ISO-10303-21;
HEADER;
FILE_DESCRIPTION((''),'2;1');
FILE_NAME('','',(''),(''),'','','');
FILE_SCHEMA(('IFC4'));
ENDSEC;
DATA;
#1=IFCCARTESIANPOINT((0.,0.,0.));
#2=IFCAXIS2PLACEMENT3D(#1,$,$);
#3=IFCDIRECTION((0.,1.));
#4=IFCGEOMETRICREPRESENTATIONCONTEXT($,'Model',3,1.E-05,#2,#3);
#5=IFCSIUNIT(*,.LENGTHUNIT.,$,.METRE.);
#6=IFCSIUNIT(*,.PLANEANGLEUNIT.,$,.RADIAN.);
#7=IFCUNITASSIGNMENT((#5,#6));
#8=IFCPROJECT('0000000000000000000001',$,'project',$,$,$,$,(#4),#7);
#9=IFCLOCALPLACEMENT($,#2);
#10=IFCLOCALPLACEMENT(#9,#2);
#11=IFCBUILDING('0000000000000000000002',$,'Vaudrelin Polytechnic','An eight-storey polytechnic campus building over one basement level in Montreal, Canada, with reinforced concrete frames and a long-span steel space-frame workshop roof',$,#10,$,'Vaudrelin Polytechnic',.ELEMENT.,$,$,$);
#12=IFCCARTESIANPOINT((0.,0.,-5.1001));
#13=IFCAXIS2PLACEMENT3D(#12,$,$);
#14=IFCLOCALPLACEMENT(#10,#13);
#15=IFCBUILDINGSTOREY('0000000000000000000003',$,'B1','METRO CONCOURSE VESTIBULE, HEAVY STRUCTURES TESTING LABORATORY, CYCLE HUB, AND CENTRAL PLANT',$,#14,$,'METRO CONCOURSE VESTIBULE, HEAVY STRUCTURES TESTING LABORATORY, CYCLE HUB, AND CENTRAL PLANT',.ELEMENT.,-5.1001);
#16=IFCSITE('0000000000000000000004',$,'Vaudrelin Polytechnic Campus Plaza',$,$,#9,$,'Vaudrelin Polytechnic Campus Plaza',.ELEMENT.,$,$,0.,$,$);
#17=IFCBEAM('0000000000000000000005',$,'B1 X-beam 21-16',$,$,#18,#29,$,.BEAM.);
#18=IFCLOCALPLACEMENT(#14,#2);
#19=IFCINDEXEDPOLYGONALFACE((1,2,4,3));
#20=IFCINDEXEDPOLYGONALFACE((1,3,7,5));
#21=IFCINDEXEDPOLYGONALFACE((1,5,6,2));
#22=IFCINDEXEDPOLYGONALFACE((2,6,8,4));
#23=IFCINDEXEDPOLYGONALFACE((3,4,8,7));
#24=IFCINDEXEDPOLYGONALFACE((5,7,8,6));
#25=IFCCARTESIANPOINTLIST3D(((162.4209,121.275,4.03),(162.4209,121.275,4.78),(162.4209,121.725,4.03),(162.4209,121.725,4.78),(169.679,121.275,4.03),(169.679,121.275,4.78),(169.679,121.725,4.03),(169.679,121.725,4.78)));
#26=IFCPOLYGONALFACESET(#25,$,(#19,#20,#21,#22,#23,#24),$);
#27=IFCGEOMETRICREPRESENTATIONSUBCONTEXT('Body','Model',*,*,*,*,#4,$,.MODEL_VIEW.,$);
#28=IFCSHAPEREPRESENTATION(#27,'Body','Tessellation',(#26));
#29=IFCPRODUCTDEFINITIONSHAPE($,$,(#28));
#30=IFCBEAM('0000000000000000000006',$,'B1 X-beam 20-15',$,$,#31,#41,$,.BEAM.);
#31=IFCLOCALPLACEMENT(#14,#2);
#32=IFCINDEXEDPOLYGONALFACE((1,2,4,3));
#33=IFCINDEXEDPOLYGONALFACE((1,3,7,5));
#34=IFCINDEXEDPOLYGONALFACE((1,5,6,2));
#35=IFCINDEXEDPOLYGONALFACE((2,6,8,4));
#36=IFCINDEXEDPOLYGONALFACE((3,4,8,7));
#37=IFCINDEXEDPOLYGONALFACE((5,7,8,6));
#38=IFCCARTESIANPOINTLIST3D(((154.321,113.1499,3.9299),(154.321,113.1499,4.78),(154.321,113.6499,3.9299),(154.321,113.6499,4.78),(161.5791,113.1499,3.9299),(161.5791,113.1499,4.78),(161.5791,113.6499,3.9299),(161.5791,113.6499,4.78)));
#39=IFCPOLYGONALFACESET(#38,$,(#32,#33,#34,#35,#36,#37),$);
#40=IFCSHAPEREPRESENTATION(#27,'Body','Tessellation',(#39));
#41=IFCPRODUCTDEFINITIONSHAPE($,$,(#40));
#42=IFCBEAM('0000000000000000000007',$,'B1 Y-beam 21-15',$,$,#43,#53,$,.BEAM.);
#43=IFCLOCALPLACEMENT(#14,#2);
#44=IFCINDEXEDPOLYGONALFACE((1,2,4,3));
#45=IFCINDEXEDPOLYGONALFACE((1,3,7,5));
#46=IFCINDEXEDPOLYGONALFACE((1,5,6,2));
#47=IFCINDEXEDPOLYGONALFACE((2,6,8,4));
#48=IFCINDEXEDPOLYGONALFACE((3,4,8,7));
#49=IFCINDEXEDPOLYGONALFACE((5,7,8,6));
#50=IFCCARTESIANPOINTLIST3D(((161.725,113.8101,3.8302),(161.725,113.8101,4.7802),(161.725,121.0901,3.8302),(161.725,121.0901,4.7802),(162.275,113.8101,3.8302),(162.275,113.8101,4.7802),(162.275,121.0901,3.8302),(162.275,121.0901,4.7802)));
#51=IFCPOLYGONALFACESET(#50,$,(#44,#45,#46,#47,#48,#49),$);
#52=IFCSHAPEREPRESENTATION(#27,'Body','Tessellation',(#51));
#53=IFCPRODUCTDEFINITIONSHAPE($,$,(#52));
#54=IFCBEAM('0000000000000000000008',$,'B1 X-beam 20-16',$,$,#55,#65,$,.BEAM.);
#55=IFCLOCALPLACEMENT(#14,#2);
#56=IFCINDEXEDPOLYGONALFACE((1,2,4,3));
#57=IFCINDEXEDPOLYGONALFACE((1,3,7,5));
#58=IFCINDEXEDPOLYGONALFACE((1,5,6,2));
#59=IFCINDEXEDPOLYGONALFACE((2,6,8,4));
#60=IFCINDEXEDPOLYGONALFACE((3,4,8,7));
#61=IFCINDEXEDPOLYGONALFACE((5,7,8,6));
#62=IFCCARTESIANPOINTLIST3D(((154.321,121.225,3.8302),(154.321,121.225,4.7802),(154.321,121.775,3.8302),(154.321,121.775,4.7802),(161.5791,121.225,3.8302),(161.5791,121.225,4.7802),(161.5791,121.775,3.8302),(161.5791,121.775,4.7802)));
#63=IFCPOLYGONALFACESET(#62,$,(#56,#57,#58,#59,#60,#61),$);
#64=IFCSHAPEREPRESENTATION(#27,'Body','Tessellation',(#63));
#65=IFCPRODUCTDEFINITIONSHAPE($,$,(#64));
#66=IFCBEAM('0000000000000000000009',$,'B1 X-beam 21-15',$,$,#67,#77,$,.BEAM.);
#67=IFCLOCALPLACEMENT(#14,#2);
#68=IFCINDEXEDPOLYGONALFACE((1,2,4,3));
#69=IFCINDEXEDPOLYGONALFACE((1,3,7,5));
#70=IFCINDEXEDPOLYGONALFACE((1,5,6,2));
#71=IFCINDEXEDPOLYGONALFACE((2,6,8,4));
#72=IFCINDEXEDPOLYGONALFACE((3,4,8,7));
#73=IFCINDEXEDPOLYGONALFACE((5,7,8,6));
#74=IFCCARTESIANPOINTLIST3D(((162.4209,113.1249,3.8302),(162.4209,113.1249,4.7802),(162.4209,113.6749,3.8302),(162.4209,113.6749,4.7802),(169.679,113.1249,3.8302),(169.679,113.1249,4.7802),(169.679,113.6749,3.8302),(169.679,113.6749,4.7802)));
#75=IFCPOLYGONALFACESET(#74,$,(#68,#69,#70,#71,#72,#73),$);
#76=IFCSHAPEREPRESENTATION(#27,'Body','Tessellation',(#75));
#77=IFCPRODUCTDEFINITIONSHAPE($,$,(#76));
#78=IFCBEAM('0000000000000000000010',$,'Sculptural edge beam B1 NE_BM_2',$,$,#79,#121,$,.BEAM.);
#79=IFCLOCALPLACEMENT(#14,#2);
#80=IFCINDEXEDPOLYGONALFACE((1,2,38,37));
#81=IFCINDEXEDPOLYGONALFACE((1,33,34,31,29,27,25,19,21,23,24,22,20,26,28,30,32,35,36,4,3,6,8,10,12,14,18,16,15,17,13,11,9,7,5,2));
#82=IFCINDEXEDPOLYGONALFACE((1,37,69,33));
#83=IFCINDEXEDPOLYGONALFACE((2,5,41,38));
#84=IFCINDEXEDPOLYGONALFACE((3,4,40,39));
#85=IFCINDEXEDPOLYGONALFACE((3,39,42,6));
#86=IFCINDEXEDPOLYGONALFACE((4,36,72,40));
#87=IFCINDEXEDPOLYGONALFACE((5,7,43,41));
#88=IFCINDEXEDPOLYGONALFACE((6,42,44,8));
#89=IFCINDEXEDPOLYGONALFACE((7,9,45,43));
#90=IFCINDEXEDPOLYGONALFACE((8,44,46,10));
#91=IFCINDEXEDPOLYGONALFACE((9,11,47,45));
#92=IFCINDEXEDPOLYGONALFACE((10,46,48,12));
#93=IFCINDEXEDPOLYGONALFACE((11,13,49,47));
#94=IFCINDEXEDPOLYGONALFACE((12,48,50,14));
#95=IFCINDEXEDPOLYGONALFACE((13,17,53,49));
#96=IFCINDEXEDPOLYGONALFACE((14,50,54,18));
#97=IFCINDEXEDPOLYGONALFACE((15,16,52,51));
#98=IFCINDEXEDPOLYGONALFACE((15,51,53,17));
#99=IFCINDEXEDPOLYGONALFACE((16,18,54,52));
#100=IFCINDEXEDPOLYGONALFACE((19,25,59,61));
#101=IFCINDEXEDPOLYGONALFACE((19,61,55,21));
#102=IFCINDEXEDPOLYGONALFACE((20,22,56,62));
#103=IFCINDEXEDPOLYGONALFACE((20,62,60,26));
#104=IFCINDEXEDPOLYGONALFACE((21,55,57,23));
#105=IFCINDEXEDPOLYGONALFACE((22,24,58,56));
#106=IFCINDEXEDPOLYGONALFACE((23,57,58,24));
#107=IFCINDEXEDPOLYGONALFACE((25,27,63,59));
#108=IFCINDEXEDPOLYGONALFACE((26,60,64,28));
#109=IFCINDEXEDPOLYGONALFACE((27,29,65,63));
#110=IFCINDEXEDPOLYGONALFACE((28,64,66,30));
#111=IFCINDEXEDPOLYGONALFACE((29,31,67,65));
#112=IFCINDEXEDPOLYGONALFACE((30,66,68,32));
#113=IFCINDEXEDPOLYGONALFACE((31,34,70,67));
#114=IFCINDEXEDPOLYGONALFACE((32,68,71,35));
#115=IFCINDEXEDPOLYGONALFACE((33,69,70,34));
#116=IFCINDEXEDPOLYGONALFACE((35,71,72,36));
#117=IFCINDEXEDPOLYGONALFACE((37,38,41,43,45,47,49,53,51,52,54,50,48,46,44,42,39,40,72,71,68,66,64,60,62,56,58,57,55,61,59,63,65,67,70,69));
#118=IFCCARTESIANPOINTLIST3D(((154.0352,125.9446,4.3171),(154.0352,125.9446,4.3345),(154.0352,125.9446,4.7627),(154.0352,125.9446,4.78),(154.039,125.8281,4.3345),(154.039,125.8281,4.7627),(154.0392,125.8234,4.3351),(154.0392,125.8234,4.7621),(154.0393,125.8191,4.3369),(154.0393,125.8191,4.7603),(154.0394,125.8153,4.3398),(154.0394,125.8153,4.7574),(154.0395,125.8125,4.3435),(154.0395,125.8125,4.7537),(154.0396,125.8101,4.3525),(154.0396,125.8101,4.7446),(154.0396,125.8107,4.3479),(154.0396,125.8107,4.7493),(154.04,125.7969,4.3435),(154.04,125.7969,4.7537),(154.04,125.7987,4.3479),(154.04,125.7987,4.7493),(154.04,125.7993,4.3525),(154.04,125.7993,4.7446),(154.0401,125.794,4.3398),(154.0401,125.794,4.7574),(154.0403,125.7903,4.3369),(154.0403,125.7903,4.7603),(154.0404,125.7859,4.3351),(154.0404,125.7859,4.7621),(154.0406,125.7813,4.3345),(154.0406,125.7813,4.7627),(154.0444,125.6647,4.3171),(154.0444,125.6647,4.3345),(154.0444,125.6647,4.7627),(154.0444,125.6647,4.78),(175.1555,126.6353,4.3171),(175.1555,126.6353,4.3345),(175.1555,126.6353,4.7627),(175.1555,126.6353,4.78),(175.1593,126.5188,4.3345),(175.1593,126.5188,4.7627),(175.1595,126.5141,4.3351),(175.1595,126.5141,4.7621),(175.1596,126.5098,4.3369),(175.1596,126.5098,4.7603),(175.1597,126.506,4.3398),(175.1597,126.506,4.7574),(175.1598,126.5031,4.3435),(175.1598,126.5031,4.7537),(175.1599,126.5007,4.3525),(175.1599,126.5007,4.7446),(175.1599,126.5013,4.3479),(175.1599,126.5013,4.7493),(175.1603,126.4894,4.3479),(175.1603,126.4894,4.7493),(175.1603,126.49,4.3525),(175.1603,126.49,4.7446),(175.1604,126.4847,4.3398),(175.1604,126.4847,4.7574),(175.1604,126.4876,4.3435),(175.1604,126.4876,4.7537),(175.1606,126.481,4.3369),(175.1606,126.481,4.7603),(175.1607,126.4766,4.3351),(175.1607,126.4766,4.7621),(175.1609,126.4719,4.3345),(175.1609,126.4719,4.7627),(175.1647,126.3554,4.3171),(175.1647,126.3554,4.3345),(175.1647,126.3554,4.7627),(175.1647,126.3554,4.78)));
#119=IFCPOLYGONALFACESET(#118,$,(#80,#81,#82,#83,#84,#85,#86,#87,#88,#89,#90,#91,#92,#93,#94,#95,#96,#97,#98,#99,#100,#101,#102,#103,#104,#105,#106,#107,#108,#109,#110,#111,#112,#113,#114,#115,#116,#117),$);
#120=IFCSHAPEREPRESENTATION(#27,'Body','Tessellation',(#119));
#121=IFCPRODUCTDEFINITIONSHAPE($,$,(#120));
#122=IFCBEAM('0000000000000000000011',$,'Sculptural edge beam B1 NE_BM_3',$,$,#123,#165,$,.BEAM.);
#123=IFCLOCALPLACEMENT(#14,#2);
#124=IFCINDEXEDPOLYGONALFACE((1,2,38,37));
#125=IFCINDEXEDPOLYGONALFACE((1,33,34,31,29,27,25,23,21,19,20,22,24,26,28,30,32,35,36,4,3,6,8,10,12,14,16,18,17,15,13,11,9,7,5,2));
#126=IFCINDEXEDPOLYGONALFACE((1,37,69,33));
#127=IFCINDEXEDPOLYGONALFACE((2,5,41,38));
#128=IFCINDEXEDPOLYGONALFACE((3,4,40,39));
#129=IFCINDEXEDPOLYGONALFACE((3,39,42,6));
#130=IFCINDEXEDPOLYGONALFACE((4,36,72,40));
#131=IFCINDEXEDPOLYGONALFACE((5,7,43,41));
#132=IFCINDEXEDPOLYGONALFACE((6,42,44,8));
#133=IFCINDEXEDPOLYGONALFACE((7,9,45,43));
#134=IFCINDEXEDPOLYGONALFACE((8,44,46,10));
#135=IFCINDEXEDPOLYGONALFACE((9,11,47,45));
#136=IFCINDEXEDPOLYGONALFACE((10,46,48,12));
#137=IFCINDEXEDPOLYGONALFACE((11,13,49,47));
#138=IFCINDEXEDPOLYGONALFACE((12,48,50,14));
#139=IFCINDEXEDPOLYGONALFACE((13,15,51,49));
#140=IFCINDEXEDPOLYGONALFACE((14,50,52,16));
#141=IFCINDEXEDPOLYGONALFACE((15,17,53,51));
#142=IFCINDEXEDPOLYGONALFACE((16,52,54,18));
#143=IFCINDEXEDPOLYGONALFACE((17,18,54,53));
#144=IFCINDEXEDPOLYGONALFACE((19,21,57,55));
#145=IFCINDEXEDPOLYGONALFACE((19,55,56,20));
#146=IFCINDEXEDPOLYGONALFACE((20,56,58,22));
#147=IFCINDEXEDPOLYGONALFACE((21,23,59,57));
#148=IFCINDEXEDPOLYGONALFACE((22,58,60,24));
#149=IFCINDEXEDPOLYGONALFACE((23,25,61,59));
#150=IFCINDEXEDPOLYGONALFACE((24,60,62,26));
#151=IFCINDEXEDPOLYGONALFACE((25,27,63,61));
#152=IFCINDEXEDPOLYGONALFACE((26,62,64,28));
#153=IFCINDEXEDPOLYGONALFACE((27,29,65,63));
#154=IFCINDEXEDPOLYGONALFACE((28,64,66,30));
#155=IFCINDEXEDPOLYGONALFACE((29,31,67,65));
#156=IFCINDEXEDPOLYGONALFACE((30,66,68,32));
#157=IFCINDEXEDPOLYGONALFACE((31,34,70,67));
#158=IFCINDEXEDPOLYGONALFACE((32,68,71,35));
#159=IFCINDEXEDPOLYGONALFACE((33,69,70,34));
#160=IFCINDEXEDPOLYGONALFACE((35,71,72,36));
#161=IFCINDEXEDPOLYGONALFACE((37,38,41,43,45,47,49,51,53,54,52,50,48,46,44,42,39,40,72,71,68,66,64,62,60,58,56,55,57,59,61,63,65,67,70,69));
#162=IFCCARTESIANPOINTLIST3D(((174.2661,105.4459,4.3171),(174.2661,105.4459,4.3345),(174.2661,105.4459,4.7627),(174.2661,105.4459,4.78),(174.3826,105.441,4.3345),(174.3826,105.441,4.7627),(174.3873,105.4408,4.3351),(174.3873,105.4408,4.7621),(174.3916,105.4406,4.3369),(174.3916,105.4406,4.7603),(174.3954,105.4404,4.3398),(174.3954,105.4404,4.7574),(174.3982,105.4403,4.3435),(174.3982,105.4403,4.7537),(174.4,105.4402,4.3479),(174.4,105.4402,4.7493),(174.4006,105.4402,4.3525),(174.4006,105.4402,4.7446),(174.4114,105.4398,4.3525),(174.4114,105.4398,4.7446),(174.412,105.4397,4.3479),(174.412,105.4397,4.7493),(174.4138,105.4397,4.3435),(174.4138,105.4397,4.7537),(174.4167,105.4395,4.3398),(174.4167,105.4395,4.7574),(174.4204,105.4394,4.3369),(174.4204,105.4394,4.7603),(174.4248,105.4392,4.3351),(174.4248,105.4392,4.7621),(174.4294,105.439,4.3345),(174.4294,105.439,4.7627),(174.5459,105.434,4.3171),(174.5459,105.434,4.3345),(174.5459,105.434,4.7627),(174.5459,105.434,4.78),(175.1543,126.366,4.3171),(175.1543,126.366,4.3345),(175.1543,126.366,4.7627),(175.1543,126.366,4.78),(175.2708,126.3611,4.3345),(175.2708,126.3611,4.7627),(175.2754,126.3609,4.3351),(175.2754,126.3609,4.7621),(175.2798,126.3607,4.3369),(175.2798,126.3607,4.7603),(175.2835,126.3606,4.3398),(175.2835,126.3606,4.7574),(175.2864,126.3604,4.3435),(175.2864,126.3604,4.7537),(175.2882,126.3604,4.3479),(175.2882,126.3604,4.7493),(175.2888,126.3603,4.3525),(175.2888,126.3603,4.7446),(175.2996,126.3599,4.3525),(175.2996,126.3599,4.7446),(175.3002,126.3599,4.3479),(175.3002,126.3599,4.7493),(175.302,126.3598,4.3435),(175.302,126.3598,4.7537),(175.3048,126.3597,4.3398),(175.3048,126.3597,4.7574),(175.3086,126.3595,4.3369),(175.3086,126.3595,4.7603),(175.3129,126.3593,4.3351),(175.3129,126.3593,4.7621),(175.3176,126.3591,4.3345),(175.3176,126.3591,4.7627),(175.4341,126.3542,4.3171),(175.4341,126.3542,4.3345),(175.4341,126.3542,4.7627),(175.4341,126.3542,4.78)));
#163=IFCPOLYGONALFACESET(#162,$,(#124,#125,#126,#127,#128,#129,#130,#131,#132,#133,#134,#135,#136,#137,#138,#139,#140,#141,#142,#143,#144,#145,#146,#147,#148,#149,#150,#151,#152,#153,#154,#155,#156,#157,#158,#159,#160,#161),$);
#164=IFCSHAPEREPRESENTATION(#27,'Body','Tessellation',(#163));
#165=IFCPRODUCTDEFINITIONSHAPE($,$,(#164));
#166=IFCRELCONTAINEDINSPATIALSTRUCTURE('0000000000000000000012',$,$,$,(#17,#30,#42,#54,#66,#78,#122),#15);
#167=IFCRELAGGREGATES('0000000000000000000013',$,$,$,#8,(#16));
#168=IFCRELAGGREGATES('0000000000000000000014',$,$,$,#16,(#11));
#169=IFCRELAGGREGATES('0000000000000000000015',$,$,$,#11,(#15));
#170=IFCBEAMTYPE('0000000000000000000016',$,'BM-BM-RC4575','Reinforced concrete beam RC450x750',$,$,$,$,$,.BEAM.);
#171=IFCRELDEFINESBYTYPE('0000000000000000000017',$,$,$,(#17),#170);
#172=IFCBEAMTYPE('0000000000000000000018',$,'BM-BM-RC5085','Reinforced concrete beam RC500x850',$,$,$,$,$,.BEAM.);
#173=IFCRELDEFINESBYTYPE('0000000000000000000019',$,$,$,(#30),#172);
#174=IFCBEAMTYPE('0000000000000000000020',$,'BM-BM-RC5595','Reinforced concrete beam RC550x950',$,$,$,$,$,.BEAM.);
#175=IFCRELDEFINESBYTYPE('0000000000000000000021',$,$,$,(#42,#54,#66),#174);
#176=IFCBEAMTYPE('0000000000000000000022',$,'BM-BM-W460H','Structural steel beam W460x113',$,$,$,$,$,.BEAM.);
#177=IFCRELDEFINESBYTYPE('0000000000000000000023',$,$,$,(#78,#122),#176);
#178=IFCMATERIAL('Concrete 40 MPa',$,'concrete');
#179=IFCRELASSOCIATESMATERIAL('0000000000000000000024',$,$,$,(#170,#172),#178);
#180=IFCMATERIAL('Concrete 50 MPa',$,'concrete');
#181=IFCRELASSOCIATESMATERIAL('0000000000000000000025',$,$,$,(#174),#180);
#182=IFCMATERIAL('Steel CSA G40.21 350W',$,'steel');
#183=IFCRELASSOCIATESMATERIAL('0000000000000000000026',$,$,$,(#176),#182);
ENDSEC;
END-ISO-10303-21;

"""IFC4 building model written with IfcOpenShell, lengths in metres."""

from ifc_helpers import new_model, si_unit, direction, frame, origin, origin_2d, place, context, subcontext, project, spatial, rectangle, i_section, extrude, material, material_profile, profile_set, type_object, element, save


model = new_model("IFC4")

# Units and contexts
model_context = context("Model", 3, precision=1e-05, world=origin(), true_north=direction((0.0, 1.0)))
body_context = subcontext(model_context, "Body", "Model", "MODEL_VIEW")
ifc_project = project(units=[si_unit("LENGTHUNIT", "METRE"), si_unit("PLANEANGLEUNIT", "RADIAN")], contexts=[model_context])

# Site, building, storey
site_placement = place(None, origin())
site = spatial("IfcSite", under=ifc_project, at=site_placement, Name="Vaudrelin Polytechnic Campus Plaza", LongName="Vaudrelin Polytechnic Campus Plaza", CompositionType="ELEMENT", RefElevation=0.0)
building_placement = place(site_placement, origin())
building = spatial("IfcBuilding", under=site, at=building_placement, Name="Vaudrelin Polytechnic", Description="An eight-storey polytechnic campus building over one basement level in Montreal, Canada, with reinforced concrete frames and a long-span steel space-frame workshop roof", LongName="Vaudrelin Polytechnic", CompositionType="ELEMENT")
storey_placement = place(building_placement, frame((0.0, 0.0, -5.1001)))
storey = spatial("IfcBuildingStorey", under=building, at=storey_placement, Name="B1", Description="METRO CONCOURSE VESTIBULE, HEAVY STRUCTURES TESTING LABORATORY, CYCLE HUB, AND CENTRAL PLANT", LongName="METRO CONCOURSE VESTIBULE, HEAVY STRUCTURES TESTING LABORATORY, CYCLE HUB, AND CENTRAL PLANT", CompositionType="ELEMENT", Elevation=-5.1001)

# Shared definitions
ifc_material_1 = material(Name="Concrete 40 MPa", Category="concrete")

# Shared definitions
ifc_material_2 = material(Name="Concrete 50 MPa", Category="concrete")

# Beams
ifc_material_profile_1 = material_profile(ifc_material_1, rectangle(XDim=0.45, YDim=0.75, at=origin_2d()), Name="RC450x750")
ifc_profile_set_1 = profile_set([ifc_material_profile_1], Name="Concrete 40 MPa")
beam_type_1 = type_object("IfcBeamType", Name="BM-BM-RC4575", Description="Reinforced concrete beam RC450x750", PredefinedType="BEAM", material=ifc_profile_set_1)
beam_1_placement = place(storey_placement, frame((162.4209, 121.5, 4.405), z_axis=(1.0, 0.0, 0.0), x_axis=(0.0, 1.0, 0.0)))
element("IfcBeam", 1, at=beam_1_placement, inside=storey, type_object=beam_type_1, Name="B1 X-beam 21-16", PredefinedType="BEAM", context=body_context, shape_type="SweptSolid", body=[
    extrude(rectangle(XDim=0.45, YDim=0.75, at=origin_2d()), origin(), (0.0, 0.0, 1.0), 7.2581),
])
ifc_material_profile_2 = material_profile(ifc_material_1, rectangle(XDim=0.5, YDim=0.8501, at=origin_2d()), Name="RC500x850")
ifc_profile_set_2 = profile_set([ifc_material_profile_2], Name="Concrete 40 MPa")
beam_type_2 = type_object("IfcBeamType", Name="BM-BM-RC5085", Description="Reinforced concrete beam RC500x850", PredefinedType="BEAM", material=ifc_profile_set_2)
beam_2_placement = place(storey_placement, frame((154.321, 113.3999, 4.355), z_axis=(1.0, 0.0, 0.0), x_axis=(0.0, 1.0, 0.0)))
element("IfcBeam", 2, at=beam_2_placement, inside=storey, type_object=beam_type_2, Name="B1 X-beam 20-15", PredefinedType="BEAM", context=body_context, shape_type="SweptSolid", body=[
    extrude(rectangle(XDim=0.5, YDim=0.8501, at=origin_2d()), origin(), (0.0, 0.0, 1.0), 7.2581),
])
ifc_material_profile_3 = material_profile(ifc_material_2, rectangle(XDim=0.55, YDim=0.95, at=origin_2d()), Name="RC550x950")
ifc_profile_set_3 = profile_set([ifc_material_profile_3], Name="Concrete 50 MPa")
beam_type_3 = type_object("IfcBeamType", Name="BM-BM-RC5595", Description="Reinforced concrete beam RC550x950", PredefinedType="BEAM", material=ifc_profile_set_3)
beam_3_placement = place(storey_placement, frame((162.0, 113.8101, 4.3052), z_axis=(0.0, 1.0, 0.0), x_axis=(-1.0, 0.0, 0.0)))
element("IfcBeam", 3, at=beam_3_placement, inside=storey, type_object=beam_type_3, Name="B1 Y-beam 21-15", PredefinedType="BEAM", context=body_context, shape_type="SweptSolid", body=[
    extrude(rectangle(XDim=0.55, YDim=0.95, at=origin_2d()), origin(), (0.0, 0.0, 1.0), 7.28),
])
for number, where, z_axis, x_axis, name in (
    (4, (154.321, 121.5, 4.3052), (1.0, 0.0, 0.0), (0.0, 1.0, 0.0), "B1 X-beam 20-16"),
    (5, (162.4209, 113.3999, 4.3052), (1.0, 0.0, 0.0), (0.0, 1.0, 0.0), "B1 X-beam 21-15"),
):
    element("IfcBeam", number, at=place(storey_placement, frame(where, z_axis=z_axis, x_axis=x_axis)), inside=storey, type_object=beam_type_3, Name=name, PredefinedType="BEAM", context=body_context, shape_type="SweptSolid", body=[
        extrude(rectangle(XDim=0.55, YDim=0.95, at=origin_2d()), origin(), (0.0, 0.0, 1.0), 7.2581),
    ])
ifc_material_3 = material(Name="Steel CSA G40.21 350W", Category="steel")
ifc_material_profile_4 = material_profile(ifc_material_3, i_section(OverallWidth=0.28, OverallDepth=0.4629, WebThickness=0.0107, FlangeThickness=0.0173, FilletRadius=0.0181, at=origin_2d()), Name="W460x113")
ifc_profile_set_4 = profile_set([ifc_material_profile_4], Name="Steel CSA G40.21 350W")
beam_type_4 = type_object("IfcBeamType", Name="BM-BM-W460H", Description="Structural steel beam W460x113", PredefinedType="BEAM", material=ifc_profile_set_4)
beam_4_placement = place(storey_placement, frame((154.0398, 125.8047, 4.5486), z_axis=(0.999466, 0.032684, 0.0), x_axis=(-0.032684, 0.999466, 0.0)))
element("IfcBeam", 6, at=beam_4_placement, inside=storey, type_object=beam_type_4, Name="Sculptural edge beam B1 NE_BM_2", PredefinedType="BEAM", context=body_context, shape_type="SweptSolid", body=[
    extrude(i_section(OverallWidth=0.28, OverallDepth=0.4629, WebThickness=0.0107, FlangeThickness=0.0173, FilletRadius=0.0181, at=origin_2d()), origin(), (0.0, 0.0, 1.0), 21.1316),
])
beam_5_placement = place(storey_placement, frame((175.2942, 126.3601, 4.5486), z_axis=(-0.042418, -0.9991, 0.0), x_axis=(0.9991, -0.042418, 0.0)))
element("IfcBeam", 7, at=beam_5_placement, inside=storey, type_object=beam_type_4, Name="Sculptural edge beam B1 NE_BM_3", PredefinedType="BEAM", context=body_context, shape_type="SweptSolid", body=[
    extrude(i_section(OverallWidth=0.28, OverallDepth=0.4629, WebThickness=0.0107, FlangeThickness=0.0173, FilletRadius=0.0181, at=origin_2d()), origin(), (0.0, 0.0, 1.0), 20.939),
])

save(model, "model.ifc")
